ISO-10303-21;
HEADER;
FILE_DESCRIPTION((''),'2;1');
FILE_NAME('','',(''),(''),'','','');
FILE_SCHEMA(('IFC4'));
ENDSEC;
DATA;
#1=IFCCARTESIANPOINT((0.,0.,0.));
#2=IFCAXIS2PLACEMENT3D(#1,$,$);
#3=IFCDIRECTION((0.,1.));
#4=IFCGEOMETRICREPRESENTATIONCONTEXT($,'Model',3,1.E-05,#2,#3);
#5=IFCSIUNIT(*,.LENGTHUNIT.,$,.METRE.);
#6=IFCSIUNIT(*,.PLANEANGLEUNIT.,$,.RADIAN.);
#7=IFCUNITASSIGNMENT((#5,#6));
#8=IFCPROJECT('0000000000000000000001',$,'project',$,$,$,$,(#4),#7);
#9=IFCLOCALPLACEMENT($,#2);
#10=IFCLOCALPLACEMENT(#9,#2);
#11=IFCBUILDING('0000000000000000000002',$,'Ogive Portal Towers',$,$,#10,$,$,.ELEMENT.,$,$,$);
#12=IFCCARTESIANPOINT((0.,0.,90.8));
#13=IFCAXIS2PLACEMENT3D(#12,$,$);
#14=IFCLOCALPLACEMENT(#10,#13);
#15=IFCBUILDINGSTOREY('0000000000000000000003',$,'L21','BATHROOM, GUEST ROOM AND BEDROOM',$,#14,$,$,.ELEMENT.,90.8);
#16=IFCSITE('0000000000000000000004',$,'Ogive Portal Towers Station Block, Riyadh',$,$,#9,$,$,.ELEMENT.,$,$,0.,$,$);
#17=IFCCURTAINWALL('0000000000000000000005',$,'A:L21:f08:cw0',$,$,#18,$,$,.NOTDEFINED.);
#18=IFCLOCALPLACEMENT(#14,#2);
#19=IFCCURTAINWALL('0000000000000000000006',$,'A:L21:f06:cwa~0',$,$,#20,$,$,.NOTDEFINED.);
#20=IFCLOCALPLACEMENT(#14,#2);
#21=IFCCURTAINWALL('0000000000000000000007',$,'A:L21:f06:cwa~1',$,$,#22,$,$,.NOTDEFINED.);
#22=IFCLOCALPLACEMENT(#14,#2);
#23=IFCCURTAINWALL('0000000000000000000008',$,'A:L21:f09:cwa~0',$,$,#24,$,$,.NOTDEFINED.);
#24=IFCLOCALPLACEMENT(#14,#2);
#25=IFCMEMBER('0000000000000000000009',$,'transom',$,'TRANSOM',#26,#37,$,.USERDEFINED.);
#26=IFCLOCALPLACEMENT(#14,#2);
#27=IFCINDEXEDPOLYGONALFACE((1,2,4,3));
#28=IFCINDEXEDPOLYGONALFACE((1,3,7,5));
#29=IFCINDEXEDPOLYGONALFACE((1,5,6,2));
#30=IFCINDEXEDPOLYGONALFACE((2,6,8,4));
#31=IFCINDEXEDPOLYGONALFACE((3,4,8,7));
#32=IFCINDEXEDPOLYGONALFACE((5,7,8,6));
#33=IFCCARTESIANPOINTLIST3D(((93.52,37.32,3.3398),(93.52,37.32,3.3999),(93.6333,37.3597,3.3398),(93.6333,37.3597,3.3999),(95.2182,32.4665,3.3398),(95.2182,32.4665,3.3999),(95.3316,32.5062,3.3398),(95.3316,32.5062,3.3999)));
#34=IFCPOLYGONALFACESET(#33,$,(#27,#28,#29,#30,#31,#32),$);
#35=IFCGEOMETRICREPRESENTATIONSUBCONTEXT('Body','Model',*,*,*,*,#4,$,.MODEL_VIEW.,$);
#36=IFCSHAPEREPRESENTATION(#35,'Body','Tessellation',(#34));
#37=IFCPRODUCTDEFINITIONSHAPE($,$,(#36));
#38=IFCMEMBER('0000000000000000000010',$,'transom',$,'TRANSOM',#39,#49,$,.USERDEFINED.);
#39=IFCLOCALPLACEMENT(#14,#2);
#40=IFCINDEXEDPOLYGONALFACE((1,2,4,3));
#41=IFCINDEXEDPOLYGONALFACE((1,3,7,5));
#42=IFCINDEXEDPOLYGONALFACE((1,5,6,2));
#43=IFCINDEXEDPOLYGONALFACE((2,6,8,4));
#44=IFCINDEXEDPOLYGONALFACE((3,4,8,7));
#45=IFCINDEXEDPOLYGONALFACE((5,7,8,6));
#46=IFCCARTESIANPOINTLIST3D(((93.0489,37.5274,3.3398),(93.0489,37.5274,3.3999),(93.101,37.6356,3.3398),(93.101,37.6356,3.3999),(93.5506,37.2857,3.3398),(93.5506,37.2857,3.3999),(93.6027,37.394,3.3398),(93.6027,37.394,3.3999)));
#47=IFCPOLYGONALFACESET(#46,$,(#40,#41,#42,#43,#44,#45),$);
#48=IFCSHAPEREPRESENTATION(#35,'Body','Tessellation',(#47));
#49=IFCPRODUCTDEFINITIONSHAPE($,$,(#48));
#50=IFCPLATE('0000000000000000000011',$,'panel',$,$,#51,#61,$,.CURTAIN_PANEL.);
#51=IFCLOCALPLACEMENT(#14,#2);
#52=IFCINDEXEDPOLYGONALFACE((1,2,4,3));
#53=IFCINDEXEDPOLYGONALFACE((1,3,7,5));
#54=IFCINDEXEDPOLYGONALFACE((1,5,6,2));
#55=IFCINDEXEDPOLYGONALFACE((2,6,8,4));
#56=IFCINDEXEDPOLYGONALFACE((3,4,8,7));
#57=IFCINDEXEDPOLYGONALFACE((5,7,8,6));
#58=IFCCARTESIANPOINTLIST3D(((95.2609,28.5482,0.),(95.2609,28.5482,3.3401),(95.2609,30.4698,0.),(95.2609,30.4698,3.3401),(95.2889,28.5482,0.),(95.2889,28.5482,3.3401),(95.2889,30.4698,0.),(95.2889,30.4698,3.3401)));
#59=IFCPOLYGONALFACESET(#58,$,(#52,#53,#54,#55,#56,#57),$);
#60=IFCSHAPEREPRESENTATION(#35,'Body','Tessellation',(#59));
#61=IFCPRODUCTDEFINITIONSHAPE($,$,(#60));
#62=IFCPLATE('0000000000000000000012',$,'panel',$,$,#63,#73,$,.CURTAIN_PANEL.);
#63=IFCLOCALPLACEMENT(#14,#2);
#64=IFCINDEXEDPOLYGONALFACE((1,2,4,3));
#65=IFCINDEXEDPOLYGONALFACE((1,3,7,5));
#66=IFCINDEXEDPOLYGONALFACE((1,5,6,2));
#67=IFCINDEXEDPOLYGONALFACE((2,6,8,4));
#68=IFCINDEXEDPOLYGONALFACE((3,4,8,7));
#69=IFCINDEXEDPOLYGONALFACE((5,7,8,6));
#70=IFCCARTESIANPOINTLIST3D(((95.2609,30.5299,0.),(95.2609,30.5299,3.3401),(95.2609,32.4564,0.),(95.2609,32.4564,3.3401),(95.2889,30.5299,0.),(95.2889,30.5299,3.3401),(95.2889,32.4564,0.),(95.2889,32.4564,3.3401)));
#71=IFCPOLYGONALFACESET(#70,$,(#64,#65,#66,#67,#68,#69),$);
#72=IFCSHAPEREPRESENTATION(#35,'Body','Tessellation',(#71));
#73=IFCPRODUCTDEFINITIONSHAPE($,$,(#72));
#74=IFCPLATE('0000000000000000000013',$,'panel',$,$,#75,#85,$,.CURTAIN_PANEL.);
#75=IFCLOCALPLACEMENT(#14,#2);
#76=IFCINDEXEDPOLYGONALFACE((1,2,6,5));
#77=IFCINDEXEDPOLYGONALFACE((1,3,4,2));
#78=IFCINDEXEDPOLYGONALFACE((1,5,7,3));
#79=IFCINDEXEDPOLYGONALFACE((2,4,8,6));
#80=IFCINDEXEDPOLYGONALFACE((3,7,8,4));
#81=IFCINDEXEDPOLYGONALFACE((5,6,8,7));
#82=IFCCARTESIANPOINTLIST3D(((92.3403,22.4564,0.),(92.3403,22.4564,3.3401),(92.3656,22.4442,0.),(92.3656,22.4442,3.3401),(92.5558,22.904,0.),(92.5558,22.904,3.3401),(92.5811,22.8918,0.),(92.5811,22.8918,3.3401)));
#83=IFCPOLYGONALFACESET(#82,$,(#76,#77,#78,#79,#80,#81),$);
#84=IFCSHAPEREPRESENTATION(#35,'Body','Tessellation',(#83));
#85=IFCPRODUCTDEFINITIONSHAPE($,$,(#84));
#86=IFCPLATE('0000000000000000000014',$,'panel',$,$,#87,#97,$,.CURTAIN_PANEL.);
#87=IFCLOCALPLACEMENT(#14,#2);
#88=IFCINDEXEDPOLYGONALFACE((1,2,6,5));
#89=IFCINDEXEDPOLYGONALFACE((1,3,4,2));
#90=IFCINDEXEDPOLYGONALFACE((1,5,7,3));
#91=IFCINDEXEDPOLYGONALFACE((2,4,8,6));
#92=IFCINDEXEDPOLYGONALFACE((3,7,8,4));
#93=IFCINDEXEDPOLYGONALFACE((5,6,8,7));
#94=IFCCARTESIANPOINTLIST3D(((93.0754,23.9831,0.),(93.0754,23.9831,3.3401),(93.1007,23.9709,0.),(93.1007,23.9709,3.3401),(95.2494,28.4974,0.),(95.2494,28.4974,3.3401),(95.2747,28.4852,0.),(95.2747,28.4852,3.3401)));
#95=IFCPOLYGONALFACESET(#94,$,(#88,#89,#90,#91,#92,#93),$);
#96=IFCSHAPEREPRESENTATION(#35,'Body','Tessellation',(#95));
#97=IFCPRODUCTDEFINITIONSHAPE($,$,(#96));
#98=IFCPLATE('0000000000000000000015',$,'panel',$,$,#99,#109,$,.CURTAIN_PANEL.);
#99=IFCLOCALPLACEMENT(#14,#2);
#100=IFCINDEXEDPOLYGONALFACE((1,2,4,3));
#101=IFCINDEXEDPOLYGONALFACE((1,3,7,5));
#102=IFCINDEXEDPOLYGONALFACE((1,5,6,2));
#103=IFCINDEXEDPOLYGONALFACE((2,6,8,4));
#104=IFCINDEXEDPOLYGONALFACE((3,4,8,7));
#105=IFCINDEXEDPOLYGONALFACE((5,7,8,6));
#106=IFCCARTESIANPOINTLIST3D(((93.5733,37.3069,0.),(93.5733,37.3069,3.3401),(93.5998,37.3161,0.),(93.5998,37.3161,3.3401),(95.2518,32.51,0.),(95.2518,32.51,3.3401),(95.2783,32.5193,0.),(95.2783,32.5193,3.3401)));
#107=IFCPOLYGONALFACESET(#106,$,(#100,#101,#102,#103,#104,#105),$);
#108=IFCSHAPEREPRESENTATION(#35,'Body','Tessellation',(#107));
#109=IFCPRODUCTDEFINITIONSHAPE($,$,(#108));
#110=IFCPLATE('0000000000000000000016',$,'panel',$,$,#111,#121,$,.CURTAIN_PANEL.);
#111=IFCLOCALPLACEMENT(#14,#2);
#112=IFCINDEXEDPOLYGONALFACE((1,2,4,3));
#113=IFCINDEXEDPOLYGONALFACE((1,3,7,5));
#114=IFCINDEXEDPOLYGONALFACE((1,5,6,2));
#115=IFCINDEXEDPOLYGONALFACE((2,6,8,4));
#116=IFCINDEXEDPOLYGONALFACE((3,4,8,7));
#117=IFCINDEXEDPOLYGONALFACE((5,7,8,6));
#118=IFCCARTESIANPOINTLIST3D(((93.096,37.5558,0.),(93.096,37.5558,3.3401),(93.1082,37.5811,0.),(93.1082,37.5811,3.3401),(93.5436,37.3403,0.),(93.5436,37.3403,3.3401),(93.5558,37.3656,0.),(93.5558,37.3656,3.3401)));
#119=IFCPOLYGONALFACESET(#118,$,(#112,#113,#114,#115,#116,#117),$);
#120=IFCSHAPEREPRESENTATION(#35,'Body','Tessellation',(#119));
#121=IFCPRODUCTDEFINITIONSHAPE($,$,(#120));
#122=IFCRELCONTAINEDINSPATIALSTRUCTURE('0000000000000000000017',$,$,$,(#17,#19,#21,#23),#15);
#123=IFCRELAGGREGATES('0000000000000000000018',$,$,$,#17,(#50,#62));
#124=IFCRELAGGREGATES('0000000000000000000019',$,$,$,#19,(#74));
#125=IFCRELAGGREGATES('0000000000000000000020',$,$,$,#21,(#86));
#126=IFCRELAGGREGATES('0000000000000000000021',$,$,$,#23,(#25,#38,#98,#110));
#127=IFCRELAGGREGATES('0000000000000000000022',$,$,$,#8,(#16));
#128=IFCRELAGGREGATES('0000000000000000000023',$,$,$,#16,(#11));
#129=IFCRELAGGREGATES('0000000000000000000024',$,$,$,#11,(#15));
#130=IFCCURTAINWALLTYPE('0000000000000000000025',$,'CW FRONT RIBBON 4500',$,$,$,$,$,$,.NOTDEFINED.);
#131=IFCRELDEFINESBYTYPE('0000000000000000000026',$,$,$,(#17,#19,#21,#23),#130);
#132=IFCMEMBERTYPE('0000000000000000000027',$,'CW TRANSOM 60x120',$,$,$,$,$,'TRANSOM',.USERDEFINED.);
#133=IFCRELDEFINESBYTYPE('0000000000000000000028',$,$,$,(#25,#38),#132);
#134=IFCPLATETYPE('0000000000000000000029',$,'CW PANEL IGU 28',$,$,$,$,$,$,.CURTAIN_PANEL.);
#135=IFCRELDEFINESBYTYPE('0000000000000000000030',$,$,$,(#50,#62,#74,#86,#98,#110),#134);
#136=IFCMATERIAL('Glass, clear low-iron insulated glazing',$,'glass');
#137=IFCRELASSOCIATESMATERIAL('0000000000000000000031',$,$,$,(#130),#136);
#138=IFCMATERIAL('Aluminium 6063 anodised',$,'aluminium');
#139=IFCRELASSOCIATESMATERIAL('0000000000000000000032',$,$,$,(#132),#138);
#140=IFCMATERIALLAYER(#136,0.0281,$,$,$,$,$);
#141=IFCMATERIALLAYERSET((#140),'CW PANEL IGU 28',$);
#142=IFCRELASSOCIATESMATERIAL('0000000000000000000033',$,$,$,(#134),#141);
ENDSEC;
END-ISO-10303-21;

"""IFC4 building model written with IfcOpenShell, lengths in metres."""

from ifc_helpers import new_model, si_unit, direction, frame, origin, origin_2d, place, context, subcontext, project, spatial, rectangle, extrude, material, layer, layer_set, material_profile, profile_set, type_object, element, aggregate, save


model = new_model("IFC4")

# Units and contexts
model_context = context("Model", 3, precision=1e-05, world=origin(), true_north=direction((0.0, 1.0)))
body_context = subcontext(model_context, "Body", "Model", "MODEL_VIEW")
ifc_project = project(units=[si_unit("LENGTHUNIT", "METRE"), si_unit("PLANEANGLEUNIT", "RADIAN")], contexts=[model_context])

# Site, building, storey
site_placement = place(None, origin())
site = spatial("IfcSite", under=ifc_project, at=site_placement, Name="Ogive Portal Towers Station Block, Riyadh", CompositionType="ELEMENT", RefElevation=0.0)
building_placement = place(site_placement, origin())
building = spatial("IfcBuilding", under=site, at=building_placement, Name="Ogive Portal Towers", CompositionType="ELEMENT")
storey_placement = place(building_placement, frame((0.0, 0.0, 90.8)))
storey = spatial("IfcBuildingStorey", under=building, at=storey_placement, Name="L21", Description="BATHROOM, GUEST ROOM AND BEDROOM", CompositionType="ELEMENT", Elevation=90.8)

# Curtain walls
ifc_material_1 = material(Name="Glass, clear low-iron insulated glazing", Category="glass")
curtain_wall_type = type_object("IfcCurtainWallType", Name="CW FRONT RIBBON 4500", PredefinedType="NOTDEFINED", material=ifc_material_1)
curtain_wall_1_placement = place(storey_placement, origin())
curtain_wall_1 = element("IfcCurtainWall", 1, at=curtain_wall_1_placement, inside=storey, type_object=curtain_wall_type, Name="A:L21:f08:cw0", PredefinedType="NOTDEFINED")
ifc_material_2 = material(Name="Aluminium 6063 anodised", Category="aluminium")
curtain_wall_2_placement = place(storey_placement, origin())
curtain_wall_2 = element("IfcCurtainWall", 2, at=curtain_wall_2_placement, inside=storey, type_object=curtain_wall_type, Name="A:L21:f06:cwa~0", PredefinedType="NOTDEFINED")

# Curtain wall
curtain_wall_3_placement = place(storey_placement, origin())
curtain_wall_3 = element("IfcCurtainWall", 3, at=curtain_wall_3_placement, inside=storey, type_object=curtain_wall_type, Name="A:L21:f06:cwa~1", PredefinedType="NOTDEFINED")

# Curtain wall
curtain_wall_4_placement = place(storey_placement, origin())
curtain_wall_4 = element("IfcCurtainWall", 4, at=curtain_wall_4_placement, inside=storey, type_object=curtain_wall_type, Name="A:L21:f09:cwa~0", PredefinedType="NOTDEFINED")

# Members
ifc_material_profile_1 = material_profile(ifc_material_2, rectangle(XDim=0.1201, YDim=0.0601, at=origin_2d()), Name="AL 120x60")
ifc_profile_set_1 = profile_set([ifc_material_profile_1], Name="Aluminium 6063 anodised")
member_type_1 = type_object("IfcMemberType", Name="CW TRANSOM 60x120", ElementType="TRANSOM", PredefinedType="USERDEFINED", material=ifc_profile_set_1)
member_1_placement = place(storey_placement, frame((95.2749, 32.4863, 3.3699), z_axis=(-0.330266, 0.943888, 0.0), x_axis=(-0.943888, -0.330266, 0.0)))
member_1 = element("IfcMember", 5, at=member_1_placement, type_object=member_type_1, Name="transom", ObjectType="TRANSOM", PredefinedType="USERDEFINED", context=body_context, shape_type="SweptSolid", body=[
    extrude(rectangle(XDim=0.1201, YDim=0.0601, at=origin_2d()), origin(), (0.0, 0.0, 1.0), 5.1421),
])
member_2_placement = place(storey_placement, frame((93.5767, 37.3398, 3.3699), z_axis=(-0.900906, 0.434013, 0.0), x_axis=(-0.434013, -0.900906, 0.0)))
member_2 = element("IfcMember", 6, at=member_2_placement, type_object=member_type_1, Name="transom", ObjectType="TRANSOM", PredefinedType="USERDEFINED", context=body_context, shape_type="SweptSolid", body=[
    extrude(rectangle(XDim=0.1201, YDim=0.0601, at=origin_2d()), origin(), (0.0, 0.0, 1.0), 0.5569),
])

# Plates
ifc_layer_1 = layer(ifc_material_1, 0.0281)
ifc_layer_set_1 = layer_set([ifc_layer_1], Name="CW PANEL IGU 28")
plate_type = type_object("IfcPlateType", Name="CW PANEL IGU 28", PredefinedType="CURTAIN_PANEL", material=ifc_layer_set_1)
plate_1_placement = place(storey_placement, frame((95.2749, 29.509, 0.0), z_axis=(0.0, 0.0, 1.0), x_axis=(0.0, 1.0, 0.0)))
plate_1 = element("IfcPlate", 7, at=plate_1_placement, type_object=plate_type, Name="panel", PredefinedType="CURTAIN_PANEL", context=body_context, shape_type="SweptSolid", body=[
    extrude(rectangle(XDim=1.9216, YDim=0.0281, at=origin_2d()), origin(), (0.0, 0.0, 1.0), 3.3401),
])
plate_2_placement = place(storey_placement, frame((95.2749, 31.4932, 0.0), z_axis=(0.0, 0.0, 1.0), x_axis=(0.0, 1.0, 0.0)))
plate_2 = element("IfcPlate", 8, at=plate_2_placement, type_object=plate_type, Name="panel", PredefinedType="CURTAIN_PANEL", context=body_context, shape_type="SweptSolid", body=[
    extrude(rectangle(XDim=1.9265, YDim=0.0281, at=origin_2d()), origin(), (0.0, 0.0, 1.0), 3.3401),
])
aggregate(curtain_wall_1, [plate_1, plate_2])
plate_3_placement = place(storey_placement, frame((92.4607, 22.6741, 0.0), z_axis=(0.0, 0.0, 1.0), x_axis=(0.433884, 0.900969, 0.0)))
plate_3 = element("IfcPlate", 9, at=plate_3_placement, type_object=plate_type, Name="panel", PredefinedType="CURTAIN_PANEL", context=body_context, shape_type="SweptSolid", body=[
    extrude(rectangle(XDim=0.4968, YDim=0.0281, at=origin_2d()), origin(), (0.0, 0.0, 1.0), 3.3401),
])
aggregate(curtain_wall_2, [plate_3])
plate_4_placement = place(storey_placement, frame((94.175, 26.2341, 0.0), z_axis=(0.0, 0.0, 1.0), x_axis=(0.433884, 0.900969, 0.0)))
plate_4 = element("IfcPlate", 10, at=plate_4_placement, type_object=plate_type, Name="panel", PredefinedType="CURTAIN_PANEL", context=body_context, shape_type="SweptSolid", body=[
    extrude(rectangle(XDim=5.0105, YDim=0.0281, at=origin_2d()), origin(), (0.0, 0.0, 1.0), 3.3401),
])
aggregate(curtain_wall_3, [plate_4])
plate_5_placement = place(storey_placement, frame((94.4258, 34.9131, 0.0), z_axis=(0.0, 0.0, 1.0), x_axis=(-0.330279, 0.943883, 0.0)))
plate_5 = element("IfcPlate", 11, at=plate_5_placement, type_object=plate_type, Name="panel", PredefinedType="CURTAIN_PANEL", context=body_context, shape_type="SweptSolid", body=[
    extrude(rectangle(XDim=5.082, YDim=0.0281, at=origin_2d()), origin(), (0.0, 0.0, 1.0), 3.3401),
])
plate_6_placement = place(storey_placement, frame((93.3259, 37.4607, 0.0), z_axis=(0.0, 0.0, 1.0), x_axis=(-0.900969, 0.433884, 0.0)))
plate_6 = element("IfcPlate", 12, at=plate_6_placement, type_object=plate_type, Name="panel", PredefinedType="CURTAIN_PANEL", context=body_context, shape_type="SweptSolid", body=[
    extrude(rectangle(XDim=0.4968, YDim=0.0281, at=origin_2d()), origin(), (0.0, 0.0, 1.0), 3.3401),
])
aggregate(curtain_wall_4, [member_1, member_2, plate_5, plate_6])

save(model, "model.ifc")
